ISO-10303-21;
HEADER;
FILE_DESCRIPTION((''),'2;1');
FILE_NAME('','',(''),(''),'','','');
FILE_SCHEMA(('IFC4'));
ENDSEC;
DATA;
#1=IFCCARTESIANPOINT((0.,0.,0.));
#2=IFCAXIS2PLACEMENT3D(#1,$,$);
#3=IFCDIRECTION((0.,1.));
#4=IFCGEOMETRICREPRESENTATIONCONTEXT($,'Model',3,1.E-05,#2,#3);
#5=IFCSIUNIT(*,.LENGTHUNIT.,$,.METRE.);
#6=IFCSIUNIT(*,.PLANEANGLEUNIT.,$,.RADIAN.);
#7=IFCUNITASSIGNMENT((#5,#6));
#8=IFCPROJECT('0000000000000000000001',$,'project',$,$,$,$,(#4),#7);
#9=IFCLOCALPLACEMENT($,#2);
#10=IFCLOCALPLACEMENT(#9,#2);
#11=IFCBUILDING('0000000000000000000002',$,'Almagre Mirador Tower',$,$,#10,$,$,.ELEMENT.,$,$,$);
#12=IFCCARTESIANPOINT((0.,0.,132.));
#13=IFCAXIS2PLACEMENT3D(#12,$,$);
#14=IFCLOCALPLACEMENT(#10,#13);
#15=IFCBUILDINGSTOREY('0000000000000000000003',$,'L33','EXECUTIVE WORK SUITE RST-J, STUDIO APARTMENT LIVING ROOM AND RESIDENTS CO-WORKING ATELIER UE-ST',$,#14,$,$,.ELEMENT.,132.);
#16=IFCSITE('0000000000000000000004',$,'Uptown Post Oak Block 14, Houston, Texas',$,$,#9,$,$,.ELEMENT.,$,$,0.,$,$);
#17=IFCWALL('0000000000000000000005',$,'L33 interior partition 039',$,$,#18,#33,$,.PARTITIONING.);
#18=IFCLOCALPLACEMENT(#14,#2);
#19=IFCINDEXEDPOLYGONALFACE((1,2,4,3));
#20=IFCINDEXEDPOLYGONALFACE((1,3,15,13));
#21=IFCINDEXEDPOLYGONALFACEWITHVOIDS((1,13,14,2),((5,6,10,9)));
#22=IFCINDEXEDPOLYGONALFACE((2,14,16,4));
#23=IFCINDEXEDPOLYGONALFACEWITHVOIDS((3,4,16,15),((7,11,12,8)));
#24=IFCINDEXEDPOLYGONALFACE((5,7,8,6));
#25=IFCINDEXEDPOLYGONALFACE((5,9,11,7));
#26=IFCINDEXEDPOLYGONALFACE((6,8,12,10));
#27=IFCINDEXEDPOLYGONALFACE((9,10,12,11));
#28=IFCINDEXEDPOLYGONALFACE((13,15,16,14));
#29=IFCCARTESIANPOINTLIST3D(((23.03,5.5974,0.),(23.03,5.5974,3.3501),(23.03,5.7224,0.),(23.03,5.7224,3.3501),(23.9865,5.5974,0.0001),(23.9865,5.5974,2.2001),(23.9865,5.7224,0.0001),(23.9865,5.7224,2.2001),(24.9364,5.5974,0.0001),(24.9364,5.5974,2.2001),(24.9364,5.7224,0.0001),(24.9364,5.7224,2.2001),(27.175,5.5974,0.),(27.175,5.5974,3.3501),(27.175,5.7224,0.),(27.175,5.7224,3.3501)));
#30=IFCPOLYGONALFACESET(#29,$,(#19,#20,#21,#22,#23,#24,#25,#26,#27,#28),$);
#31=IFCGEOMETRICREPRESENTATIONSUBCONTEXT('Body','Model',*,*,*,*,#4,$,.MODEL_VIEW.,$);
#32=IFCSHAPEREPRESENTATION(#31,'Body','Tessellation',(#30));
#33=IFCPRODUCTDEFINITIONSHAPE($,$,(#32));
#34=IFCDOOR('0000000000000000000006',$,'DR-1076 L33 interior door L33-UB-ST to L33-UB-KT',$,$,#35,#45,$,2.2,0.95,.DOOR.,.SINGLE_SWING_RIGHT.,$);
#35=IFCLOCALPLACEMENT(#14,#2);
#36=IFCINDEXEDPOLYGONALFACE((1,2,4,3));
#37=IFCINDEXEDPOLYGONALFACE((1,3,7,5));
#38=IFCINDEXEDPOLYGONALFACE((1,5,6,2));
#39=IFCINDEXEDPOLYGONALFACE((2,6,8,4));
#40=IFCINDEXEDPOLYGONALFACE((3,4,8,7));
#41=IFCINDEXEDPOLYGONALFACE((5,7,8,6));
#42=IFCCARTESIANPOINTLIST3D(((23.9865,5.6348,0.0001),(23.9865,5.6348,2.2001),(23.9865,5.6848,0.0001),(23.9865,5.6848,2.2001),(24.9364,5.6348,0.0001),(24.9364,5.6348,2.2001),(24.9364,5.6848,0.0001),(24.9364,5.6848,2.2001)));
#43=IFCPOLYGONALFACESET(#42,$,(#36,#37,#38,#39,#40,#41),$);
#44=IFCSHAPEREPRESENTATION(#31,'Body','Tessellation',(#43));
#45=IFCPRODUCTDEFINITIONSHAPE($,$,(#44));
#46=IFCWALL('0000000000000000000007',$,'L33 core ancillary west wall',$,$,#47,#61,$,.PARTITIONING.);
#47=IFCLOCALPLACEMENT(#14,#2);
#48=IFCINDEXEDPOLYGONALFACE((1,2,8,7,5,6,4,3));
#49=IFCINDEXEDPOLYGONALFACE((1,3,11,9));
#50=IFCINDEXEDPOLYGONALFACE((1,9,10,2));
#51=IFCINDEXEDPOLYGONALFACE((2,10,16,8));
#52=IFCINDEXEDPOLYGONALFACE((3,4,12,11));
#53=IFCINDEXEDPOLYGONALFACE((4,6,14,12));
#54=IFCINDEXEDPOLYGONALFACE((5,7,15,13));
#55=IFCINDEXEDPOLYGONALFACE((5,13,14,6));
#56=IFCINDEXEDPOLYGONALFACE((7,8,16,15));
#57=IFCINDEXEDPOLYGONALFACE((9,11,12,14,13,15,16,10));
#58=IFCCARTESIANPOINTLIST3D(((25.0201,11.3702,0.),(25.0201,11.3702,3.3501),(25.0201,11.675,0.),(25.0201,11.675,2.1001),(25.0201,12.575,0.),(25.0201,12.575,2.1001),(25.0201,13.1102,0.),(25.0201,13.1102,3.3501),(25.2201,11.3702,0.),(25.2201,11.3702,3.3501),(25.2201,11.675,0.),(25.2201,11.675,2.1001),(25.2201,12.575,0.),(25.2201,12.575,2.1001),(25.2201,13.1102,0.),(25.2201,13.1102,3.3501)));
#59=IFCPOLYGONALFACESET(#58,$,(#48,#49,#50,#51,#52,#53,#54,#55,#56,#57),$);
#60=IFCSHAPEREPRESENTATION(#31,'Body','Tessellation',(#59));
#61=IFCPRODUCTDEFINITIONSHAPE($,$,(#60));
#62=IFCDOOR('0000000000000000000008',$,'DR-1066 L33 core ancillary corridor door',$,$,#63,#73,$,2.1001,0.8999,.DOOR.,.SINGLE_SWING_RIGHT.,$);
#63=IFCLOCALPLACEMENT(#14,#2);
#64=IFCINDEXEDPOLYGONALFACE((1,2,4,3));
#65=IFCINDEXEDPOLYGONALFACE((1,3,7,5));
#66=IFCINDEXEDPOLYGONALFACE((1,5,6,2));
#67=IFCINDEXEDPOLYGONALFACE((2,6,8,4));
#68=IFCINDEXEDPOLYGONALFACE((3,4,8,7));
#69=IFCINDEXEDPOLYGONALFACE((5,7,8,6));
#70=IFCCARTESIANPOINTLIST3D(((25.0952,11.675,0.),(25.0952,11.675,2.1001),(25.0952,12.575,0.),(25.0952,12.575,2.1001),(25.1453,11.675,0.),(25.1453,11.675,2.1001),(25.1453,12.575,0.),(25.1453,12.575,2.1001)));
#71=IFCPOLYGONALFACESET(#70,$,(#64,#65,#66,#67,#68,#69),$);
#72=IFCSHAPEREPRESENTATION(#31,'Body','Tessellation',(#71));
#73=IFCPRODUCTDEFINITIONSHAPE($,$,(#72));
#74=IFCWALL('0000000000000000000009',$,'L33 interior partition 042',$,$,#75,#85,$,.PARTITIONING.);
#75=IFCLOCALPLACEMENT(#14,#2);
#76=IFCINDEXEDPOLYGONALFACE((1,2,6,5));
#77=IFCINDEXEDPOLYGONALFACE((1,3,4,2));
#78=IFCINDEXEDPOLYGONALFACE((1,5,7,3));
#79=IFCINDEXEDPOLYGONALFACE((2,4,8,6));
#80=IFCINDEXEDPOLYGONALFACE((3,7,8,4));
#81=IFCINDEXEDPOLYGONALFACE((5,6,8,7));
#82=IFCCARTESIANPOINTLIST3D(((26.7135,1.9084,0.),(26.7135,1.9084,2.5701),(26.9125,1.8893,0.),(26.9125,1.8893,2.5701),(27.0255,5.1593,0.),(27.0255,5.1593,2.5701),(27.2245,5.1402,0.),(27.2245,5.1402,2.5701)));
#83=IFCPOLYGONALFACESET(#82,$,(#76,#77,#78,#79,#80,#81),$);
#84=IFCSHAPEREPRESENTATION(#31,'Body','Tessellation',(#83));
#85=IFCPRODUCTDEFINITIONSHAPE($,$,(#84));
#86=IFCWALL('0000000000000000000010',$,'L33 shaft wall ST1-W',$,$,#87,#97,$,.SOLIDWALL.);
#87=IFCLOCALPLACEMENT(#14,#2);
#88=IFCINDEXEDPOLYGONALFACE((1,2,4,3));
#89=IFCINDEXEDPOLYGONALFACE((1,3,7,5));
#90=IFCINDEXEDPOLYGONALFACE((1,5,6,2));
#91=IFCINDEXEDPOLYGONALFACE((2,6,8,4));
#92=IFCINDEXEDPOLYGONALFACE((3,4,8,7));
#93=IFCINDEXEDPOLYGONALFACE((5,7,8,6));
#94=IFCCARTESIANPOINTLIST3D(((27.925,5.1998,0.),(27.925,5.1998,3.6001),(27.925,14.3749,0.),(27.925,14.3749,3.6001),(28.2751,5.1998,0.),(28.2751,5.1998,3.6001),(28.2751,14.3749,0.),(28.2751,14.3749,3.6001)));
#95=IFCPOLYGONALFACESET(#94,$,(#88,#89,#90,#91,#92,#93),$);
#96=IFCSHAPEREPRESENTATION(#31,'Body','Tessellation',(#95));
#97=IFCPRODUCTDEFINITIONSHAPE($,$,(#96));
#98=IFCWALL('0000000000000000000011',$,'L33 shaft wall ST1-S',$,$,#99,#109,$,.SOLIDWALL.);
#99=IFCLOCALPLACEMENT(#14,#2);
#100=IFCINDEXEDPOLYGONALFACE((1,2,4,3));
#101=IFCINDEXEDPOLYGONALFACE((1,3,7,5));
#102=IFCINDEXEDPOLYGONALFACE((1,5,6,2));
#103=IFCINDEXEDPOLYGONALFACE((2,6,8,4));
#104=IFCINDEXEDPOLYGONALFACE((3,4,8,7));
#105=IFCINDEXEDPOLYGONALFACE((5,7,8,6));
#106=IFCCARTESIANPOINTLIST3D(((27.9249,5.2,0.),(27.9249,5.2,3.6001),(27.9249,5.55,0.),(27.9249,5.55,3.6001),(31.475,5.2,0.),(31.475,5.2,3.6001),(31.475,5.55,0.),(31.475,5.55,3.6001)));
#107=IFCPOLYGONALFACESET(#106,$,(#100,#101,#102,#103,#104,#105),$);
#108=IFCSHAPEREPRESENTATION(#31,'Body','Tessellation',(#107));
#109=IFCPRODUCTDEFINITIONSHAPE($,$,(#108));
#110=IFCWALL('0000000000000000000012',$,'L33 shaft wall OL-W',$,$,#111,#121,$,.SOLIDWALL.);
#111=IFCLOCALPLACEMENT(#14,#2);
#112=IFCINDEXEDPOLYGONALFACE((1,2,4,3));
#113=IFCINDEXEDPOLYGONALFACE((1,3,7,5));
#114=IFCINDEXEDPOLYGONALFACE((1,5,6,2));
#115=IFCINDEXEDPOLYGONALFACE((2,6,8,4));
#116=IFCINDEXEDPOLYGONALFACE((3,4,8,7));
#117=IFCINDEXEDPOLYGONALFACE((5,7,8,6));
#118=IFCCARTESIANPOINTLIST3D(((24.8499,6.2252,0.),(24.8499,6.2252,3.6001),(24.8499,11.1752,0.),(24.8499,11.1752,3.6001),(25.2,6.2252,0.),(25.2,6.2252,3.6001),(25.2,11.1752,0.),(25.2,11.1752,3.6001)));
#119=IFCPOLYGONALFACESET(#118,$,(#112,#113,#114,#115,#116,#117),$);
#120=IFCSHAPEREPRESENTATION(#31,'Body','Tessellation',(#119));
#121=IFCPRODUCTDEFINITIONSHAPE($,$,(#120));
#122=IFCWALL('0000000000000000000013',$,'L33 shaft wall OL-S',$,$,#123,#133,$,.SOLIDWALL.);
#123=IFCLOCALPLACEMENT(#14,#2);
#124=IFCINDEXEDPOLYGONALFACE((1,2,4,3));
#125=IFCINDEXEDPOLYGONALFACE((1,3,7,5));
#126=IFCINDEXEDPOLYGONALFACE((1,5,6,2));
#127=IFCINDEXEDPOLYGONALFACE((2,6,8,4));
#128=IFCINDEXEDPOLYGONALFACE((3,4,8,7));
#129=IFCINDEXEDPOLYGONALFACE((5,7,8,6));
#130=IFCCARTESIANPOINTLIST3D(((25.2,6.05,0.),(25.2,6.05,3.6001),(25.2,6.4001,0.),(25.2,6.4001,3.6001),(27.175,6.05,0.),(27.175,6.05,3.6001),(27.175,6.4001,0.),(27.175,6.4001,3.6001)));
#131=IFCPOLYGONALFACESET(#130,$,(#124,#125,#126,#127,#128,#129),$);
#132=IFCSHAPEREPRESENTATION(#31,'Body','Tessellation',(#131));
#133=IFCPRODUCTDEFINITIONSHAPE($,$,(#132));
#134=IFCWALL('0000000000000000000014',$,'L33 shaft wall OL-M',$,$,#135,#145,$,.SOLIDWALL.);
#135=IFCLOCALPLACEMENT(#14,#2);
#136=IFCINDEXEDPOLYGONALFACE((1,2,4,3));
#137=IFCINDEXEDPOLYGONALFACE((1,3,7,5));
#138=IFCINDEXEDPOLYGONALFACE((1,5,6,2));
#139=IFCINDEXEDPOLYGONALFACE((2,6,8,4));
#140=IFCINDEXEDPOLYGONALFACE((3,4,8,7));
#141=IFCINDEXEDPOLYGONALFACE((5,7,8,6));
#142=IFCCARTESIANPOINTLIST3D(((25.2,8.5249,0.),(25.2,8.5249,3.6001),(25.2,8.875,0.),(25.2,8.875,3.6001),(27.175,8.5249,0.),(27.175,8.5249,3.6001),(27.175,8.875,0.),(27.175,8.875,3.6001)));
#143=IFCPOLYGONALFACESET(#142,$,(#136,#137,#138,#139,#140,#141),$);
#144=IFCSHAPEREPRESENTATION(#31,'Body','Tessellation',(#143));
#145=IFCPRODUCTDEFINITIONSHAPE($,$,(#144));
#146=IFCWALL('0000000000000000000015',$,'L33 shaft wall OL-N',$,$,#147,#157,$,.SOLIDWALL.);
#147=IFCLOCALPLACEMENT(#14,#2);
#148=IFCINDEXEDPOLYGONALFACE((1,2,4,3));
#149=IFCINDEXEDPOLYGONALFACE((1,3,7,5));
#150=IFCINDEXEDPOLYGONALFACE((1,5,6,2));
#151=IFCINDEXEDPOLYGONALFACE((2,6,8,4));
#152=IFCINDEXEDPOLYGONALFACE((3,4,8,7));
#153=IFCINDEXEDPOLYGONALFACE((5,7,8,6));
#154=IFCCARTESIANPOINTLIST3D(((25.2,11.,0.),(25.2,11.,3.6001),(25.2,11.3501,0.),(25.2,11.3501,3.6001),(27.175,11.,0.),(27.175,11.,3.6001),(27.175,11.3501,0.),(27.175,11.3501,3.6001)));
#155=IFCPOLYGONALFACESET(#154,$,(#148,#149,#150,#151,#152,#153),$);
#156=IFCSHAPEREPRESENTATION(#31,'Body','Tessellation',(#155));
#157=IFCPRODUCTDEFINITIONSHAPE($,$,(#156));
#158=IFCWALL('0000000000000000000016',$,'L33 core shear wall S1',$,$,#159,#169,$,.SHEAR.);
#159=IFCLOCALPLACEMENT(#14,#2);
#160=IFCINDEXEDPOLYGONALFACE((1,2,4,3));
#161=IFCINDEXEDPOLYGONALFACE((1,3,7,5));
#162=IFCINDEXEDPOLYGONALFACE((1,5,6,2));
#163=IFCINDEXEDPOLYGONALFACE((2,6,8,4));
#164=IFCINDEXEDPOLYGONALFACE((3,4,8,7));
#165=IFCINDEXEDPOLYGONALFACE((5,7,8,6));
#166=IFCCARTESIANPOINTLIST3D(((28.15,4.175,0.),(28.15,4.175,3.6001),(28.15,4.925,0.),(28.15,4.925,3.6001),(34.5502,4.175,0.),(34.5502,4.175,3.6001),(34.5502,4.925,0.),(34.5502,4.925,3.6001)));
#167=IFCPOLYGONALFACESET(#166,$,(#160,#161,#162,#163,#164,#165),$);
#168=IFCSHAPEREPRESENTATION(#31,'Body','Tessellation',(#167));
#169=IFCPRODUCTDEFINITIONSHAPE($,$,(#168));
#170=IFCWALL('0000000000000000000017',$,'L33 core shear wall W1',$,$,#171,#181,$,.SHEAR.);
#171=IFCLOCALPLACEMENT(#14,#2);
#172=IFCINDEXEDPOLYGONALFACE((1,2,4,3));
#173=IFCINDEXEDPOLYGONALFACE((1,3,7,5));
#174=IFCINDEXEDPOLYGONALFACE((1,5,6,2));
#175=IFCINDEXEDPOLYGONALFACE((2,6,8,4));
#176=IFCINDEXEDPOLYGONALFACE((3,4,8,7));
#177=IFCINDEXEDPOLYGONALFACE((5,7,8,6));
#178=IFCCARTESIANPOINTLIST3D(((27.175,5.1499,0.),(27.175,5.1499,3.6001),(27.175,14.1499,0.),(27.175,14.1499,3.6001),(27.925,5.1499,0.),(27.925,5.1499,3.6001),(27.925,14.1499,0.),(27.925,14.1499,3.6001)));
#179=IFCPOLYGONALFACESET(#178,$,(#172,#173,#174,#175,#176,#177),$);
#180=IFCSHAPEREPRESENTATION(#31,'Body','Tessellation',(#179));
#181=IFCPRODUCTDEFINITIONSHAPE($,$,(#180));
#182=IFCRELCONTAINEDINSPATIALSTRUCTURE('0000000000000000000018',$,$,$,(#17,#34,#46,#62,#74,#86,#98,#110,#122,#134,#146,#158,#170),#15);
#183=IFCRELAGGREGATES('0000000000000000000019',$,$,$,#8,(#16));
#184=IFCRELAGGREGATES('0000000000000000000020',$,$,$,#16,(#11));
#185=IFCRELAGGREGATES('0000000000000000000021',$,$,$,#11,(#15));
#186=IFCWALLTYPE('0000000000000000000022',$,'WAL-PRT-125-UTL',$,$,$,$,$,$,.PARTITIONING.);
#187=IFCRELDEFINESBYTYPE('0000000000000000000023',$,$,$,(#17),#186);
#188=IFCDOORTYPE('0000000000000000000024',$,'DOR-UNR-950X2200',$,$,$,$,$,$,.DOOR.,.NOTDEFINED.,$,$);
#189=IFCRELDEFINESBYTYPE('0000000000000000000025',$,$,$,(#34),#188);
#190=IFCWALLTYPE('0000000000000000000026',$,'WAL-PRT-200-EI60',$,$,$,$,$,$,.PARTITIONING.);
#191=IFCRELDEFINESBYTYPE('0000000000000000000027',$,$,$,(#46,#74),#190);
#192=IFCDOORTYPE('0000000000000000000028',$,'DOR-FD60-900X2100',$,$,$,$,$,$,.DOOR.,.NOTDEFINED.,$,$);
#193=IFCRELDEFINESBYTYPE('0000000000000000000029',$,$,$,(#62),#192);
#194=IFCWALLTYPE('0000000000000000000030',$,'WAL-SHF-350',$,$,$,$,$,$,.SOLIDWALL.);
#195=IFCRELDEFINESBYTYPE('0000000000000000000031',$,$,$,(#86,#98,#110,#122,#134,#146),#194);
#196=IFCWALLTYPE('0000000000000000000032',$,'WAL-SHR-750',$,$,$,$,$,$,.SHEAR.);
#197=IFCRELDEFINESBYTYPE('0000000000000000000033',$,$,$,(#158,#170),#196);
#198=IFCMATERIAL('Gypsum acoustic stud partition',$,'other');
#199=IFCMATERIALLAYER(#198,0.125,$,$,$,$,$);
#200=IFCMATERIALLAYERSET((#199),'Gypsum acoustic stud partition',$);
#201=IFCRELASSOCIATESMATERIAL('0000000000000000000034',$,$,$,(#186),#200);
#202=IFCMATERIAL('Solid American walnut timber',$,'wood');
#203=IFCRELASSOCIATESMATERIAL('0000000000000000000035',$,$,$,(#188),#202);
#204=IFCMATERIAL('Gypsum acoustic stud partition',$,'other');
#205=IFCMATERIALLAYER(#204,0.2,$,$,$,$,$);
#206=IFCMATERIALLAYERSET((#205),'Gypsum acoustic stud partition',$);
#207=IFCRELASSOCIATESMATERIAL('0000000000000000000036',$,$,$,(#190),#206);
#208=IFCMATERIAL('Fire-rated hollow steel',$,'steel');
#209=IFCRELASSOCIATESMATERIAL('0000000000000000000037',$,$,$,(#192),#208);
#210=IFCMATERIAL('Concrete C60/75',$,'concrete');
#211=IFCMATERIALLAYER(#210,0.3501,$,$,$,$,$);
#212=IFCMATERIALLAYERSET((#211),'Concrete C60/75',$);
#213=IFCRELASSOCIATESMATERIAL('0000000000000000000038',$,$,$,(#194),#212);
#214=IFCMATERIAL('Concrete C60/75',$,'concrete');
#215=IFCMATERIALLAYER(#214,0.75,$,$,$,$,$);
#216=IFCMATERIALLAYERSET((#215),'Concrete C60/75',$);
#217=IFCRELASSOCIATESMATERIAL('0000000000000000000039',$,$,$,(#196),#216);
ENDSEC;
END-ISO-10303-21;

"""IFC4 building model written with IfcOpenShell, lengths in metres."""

from ifc_helpers import new_model, si_unit, direction, frame, frame_2d, origin, place, context, subcontext, project, spatial, rectangle, extrude, material, layer, layer_set, type_object, element, fill, save


model = new_model("IFC4")

# Units and contexts
model_context = context("Model", 3, precision=1e-05, world=origin(), true_north=direction((0.0, 1.0)))
body_context = subcontext(model_context, "Body", "Model", "MODEL_VIEW")
ifc_project = project(units=[si_unit("LENGTHUNIT", "METRE"), si_unit("PLANEANGLEUNIT", "RADIAN")], contexts=[model_context])

# Site, building, storey
site_placement = place(None, origin())
site = spatial("IfcSite", under=ifc_project, at=site_placement, Name="Uptown Post Oak Block 14, Houston, Texas", CompositionType="ELEMENT", RefElevation=0.0)
building_placement = place(site_placement, origin())
building = spatial("IfcBuilding", under=site, at=building_placement, Name="Almagre Mirador Tower", CompositionType="ELEMENT")
storey_placement = place(building_placement, frame((0.0, 0.0, 132.0)))
storey = spatial("IfcBuildingStorey", under=building, at=storey_placement, Name="L33", Description="EXECUTIVE WORK SUITE RST-J, STUDIO APARTMENT LIVING ROOM AND RESIDENTS CO-WORKING ATELIER UE-ST", CompositionType="ELEMENT", Elevation=132.0)

# Walls, openings, doors
ifc_material_1 = material(Name="Gypsum acoustic stud partition", Category="other")
ifc_layer_1 = layer(ifc_material_1, 0.125)
ifc_layer_set_1 = layer_set([ifc_layer_1], Name="Gypsum acoustic stud partition")
wall_type_1 = type_object("IfcWallType", Name="WAL-PRT-125-UTL", PredefinedType="PARTITIONING", material=ifc_layer_set_1)
wall_1_placement = place(storey_placement, frame((23.03, 5.6599, 0.0), z_axis=(0.0, 0.0, 1.0), x_axis=(1.0, 0.0, 0.0)))
wall_1 = element("IfcWall", 1, at=wall_1_placement, inside=storey, type_object=wall_type_1, Name="L33 interior partition 039", PredefinedType="PARTITIONING", context=body_context, shape_type="SweptSolid", body=[
    extrude(rectangle(XDim=4.145, YDim=0.125, at=frame_2d((2.0725, 0.0))), origin(), (0.0, 0.0, 1.0), 3.3501),
])
opening_1_placement = place(wall_1_placement, frame((0.9563, 0.0, 0.0)))
opening_1 = element("IfcOpeningElement", 2, at=opening_1_placement, cuts=wall_1, PredefinedType="OPENING", context=body_context, shape_type="SweptSolid", body=[
    extrude(rectangle(XDim=0.95, YDim=2.2, at=frame_2d((0.4751, 1.1001))), frame((0.0, 0.0725, 0.0), z_axis=(0.0, -1.0, 0.0), x_axis=(1.0, 0.0, 0.0)), (0.0, 0.0, 1.0), 0.145),
])
ifc_material_2 = material(Name="Solid American walnut timber", Category="wood")
door_type_1 = type_object("IfcDoorType", Name="DOR-UNR-950X2200", OperationType="NOTDEFINED", PredefinedType="DOOR", material=ifc_material_2)
door_1_placement = place(opening_1_placement, origin())
door_1 = element("IfcDoor", 3, at=door_1_placement, inside=storey, type_object=door_type_1, Name="DR-1076 L33 interior door L33-UB-ST to L33-UB-KT", OperationType="SINGLE_SWING_RIGHT", OverallHeight=2.2, OverallWidth=0.95, PredefinedType="DOOR", context=body_context, shape_type="SweptSolid", body=[
    extrude(rectangle(XDim=0.95, YDim=2.2, at=frame_2d((0.4751, 1.1001))), frame((0.0, 0.0249, 0.0), z_axis=(0.0, -1.0, 0.0), x_axis=(1.0, 0.0, 0.0)), (0.0, 0.0, 1.0), 0.05),
])
fill(opening_1, door_1)
ifc_material_3 = material(Name="Gypsum acoustic stud partition", Category="other")
ifc_layer_2 = layer(ifc_material_3, 0.2)
ifc_layer_set_2 = layer_set([ifc_layer_2], Name="Gypsum acoustic stud partition")
wall_type_2 = type_object("IfcWallType", Name="WAL-PRT-200-EI60", PredefinedType="PARTITIONING", material=ifc_layer_set_2)
wall_2_placement = place(storey_placement, frame((25.1201, 11.3701, 0.0), z_axis=(0.0, 0.0, 1.0), x_axis=(0.0, 1.0, 0.0)))
wall_2 = element("IfcWall", 4, at=wall_2_placement, inside=storey, type_object=wall_type_2, Name="L33 core ancillary west wall", PredefinedType="PARTITIONING", context=body_context, shape_type="SweptSolid", body=[
    extrude(rectangle(XDim=1.74, YDim=0.2, at=frame_2d((0.8701, 0.0))), origin(), (0.0, 0.0, 1.0), 3.3501),
])
opening_2_placement = place(wall_2_placement, frame((0.3049, 0.0, 0.0)))
opening_2 = element("IfcOpeningElement", 5, at=opening_2_placement, cuts=wall_2, PredefinedType="OPENING", context=body_context, shape_type="SweptSolid", body=[
    extrude(rectangle(XDim=0.8999, YDim=2.1001, at=frame_2d((0.45, 1.05))), frame((0.0, 0.1101, 0.0), z_axis=(0.0, -1.0, 0.0), x_axis=(1.0, 0.0, 0.0)), (0.0, 0.0, 1.0), 0.22),
])
ifc_material_4 = material(Name="Fire-rated hollow steel", Category="steel")
door_type_2 = type_object("IfcDoorType", Name="DOR-FD60-900X2100", OperationType="NOTDEFINED", PredefinedType="DOOR", material=ifc_material_4)
door_2_placement = place(opening_2_placement, origin())
door_2 = element("IfcDoor", 6, at=door_2_placement, inside=storey, type_object=door_type_2, Name="DR-1066 L33 core ancillary corridor door", OperationType="SINGLE_SWING_RIGHT", OverallHeight=2.1001, OverallWidth=0.8999, PredefinedType="DOOR", context=body_context, shape_type="SweptSolid", body=[
    extrude(rectangle(XDim=0.8999, YDim=2.1001, at=frame_2d((0.45, 1.05))), frame((0.0, 0.0249, 0.0), z_axis=(0.0, -1.0, 0.0), x_axis=(1.0, 0.0, 0.0)), (0.0, 0.0, 1.0), 0.05),
])
fill(opening_2, door_2)

# Walls
wall_3_placement = place(storey_placement, frame((26.813, 1.8989, 0.0), z_axis=(0.0, 0.0, 1.0), x_axis=(0.095536, 0.995426, 0.0)))
element("IfcWall", 7, at=wall_3_placement, inside=storey, type_object=wall_type_2, Name="L33 interior partition 042", PredefinedType="PARTITIONING", context=body_context, shape_type="SweptSolid", body=[
    extrude(rectangle(XDim=3.2659, YDim=0.2, at=frame_2d((1.6328, 0.0))), origin(), (0.0, 0.0, 1.0), 2.5701),
])
ifc_material_5 = material(Name="Concrete C60/75", Category="concrete")
ifc_layer_3 = layer(ifc_material_5, 0.3501)
ifc_layer_set_3 = layer_set([ifc_layer_3], Name="Concrete C60/75")
wall_type_3 = type_object("IfcWallType", Name="WAL-SHF-350", PredefinedType="SOLIDWALL", material=ifc_layer_set_3)
wall_4_placement = place(storey_placement, frame((28.1001, 5.2, 0.0), z_axis=(0.0, 0.0, 1.0), x_axis=(0.0, 1.0, 0.0)))
element("IfcWall", 8, at=wall_4_placement, inside=storey, type_object=wall_type_3, Name="L33 shaft wall ST1-W", PredefinedType="SOLIDWALL", context=body_context, shape_type="SweptSolid", body=[
    extrude(rectangle(XDim=9.175, YDim=0.3501, at=frame_2d((4.5874, 0.0))), origin(), (0.0, 0.0, 1.0), 3.6001),
])
wall_5_placement = place(storey_placement, frame((27.925, 5.375, 0.0), z_axis=(0.0, 0.0, 1.0), x_axis=(1.0, 0.0, 0.0)))
element("IfcWall", 9, at=wall_5_placement, inside=storey, type_object=wall_type_3, Name="L33 shaft wall ST1-S", PredefinedType="SOLIDWALL", context=body_context, shape_type="SweptSolid", body=[
    extrude(rectangle(XDim=3.55, YDim=0.3501, at=frame_2d((1.7749, 0.0))), origin(), (0.0, 0.0, 1.0), 3.6001),
])
wall_6_placement = place(storey_placement, frame((25.0249, 6.2251, 0.0), z_axis=(0.0, 0.0, 1.0), x_axis=(0.0, 1.0, 0.0)))
element("IfcWall", 10, at=wall_6_placement, inside=storey, type_object=wall_type_3, Name="L33 shaft wall OL-W", PredefinedType="SOLIDWALL", context=body_context, shape_type="SweptSolid", body=[
    extrude(rectangle(XDim=4.95, YDim=0.3501, at=frame_2d((2.4751, 0.0))), origin(), (0.0, 0.0, 1.0), 3.6001),
])
for number, where, z_axis, x_axis, name in (
    (11, (25.2, 6.2251, 0.0), (0.0, 0.0, 1.0), (1.0, 0.0, 0.0), "L33 shaft wall OL-S"),
    (12, (25.2, 8.7, 0.0), (0.0, 0.0, 1.0), (1.0, 0.0, 0.0), "L33 shaft wall OL-M"),
    (13, (25.2, 11.175, 0.0), (0.0, 0.0, 1.0), (1.0, 0.0, 0.0), "L33 shaft wall OL-N"),
):
    element("IfcWall", number, at=place(storey_placement, frame(where, z_axis=z_axis, x_axis=x_axis)), inside=storey, type_object=wall_type_3, Name=name, PredefinedType="SOLIDWALL", context=body_context, shape_type="SweptSolid", body=[
        extrude(rectangle(XDim=1.9751, YDim=0.3501, at=frame_2d((0.9875, 0.0))), origin(), (0.0, 0.0, 1.0), 3.6001),
    ])
ifc_material_6 = material(Name="Concrete C60/75", Category="concrete")
ifc_layer_4 = layer(ifc_material_6, 0.75)
ifc_layer_set_4 = layer_set([ifc_layer_4], Name="Concrete C60/75")
wall_type_4 = type_object("IfcWallType", Name="WAL-SHR-750", PredefinedType="SHEAR", material=ifc_layer_set_4)
wall_7_placement = place(storey_placement, frame((28.1499, 4.55, 0.0), z_axis=(0.0, 0.0, 1.0), x_axis=(1.0, 0.0, 0.0)))
element("IfcWall", 14, at=wall_7_placement, inside=storey, type_object=wall_type_4, Name="L33 core shear wall S1", PredefinedType="SHEAR", context=body_context, shape_type="SweptSolid", body=[
    extrude(rectangle(XDim=6.4001, YDim=0.75, at=frame_2d((3.2002, 0.0))), origin(), (0.0, 0.0, 1.0), 3.6001),
])
wall_8_placement = place(storey_placement, frame((27.55, 5.1499, 0.0), z_axis=(0.0, 0.0, 1.0), x_axis=(0.0, 1.0, 0.0)))
element("IfcWall", 15, at=wall_8_placement, inside=storey, type_object=wall_type_4, Name="L33 core shear wall W1", PredefinedType="SHEAR", context=body_context, shape_type="SweptSolid", body=[
    extrude(rectangle(XDim=9.0, YDim=0.75, at=frame_2d((4.5, 0.0))), origin(), (0.0, 0.0, 1.0), 3.6001),
])

save(model, "model.ifc")
